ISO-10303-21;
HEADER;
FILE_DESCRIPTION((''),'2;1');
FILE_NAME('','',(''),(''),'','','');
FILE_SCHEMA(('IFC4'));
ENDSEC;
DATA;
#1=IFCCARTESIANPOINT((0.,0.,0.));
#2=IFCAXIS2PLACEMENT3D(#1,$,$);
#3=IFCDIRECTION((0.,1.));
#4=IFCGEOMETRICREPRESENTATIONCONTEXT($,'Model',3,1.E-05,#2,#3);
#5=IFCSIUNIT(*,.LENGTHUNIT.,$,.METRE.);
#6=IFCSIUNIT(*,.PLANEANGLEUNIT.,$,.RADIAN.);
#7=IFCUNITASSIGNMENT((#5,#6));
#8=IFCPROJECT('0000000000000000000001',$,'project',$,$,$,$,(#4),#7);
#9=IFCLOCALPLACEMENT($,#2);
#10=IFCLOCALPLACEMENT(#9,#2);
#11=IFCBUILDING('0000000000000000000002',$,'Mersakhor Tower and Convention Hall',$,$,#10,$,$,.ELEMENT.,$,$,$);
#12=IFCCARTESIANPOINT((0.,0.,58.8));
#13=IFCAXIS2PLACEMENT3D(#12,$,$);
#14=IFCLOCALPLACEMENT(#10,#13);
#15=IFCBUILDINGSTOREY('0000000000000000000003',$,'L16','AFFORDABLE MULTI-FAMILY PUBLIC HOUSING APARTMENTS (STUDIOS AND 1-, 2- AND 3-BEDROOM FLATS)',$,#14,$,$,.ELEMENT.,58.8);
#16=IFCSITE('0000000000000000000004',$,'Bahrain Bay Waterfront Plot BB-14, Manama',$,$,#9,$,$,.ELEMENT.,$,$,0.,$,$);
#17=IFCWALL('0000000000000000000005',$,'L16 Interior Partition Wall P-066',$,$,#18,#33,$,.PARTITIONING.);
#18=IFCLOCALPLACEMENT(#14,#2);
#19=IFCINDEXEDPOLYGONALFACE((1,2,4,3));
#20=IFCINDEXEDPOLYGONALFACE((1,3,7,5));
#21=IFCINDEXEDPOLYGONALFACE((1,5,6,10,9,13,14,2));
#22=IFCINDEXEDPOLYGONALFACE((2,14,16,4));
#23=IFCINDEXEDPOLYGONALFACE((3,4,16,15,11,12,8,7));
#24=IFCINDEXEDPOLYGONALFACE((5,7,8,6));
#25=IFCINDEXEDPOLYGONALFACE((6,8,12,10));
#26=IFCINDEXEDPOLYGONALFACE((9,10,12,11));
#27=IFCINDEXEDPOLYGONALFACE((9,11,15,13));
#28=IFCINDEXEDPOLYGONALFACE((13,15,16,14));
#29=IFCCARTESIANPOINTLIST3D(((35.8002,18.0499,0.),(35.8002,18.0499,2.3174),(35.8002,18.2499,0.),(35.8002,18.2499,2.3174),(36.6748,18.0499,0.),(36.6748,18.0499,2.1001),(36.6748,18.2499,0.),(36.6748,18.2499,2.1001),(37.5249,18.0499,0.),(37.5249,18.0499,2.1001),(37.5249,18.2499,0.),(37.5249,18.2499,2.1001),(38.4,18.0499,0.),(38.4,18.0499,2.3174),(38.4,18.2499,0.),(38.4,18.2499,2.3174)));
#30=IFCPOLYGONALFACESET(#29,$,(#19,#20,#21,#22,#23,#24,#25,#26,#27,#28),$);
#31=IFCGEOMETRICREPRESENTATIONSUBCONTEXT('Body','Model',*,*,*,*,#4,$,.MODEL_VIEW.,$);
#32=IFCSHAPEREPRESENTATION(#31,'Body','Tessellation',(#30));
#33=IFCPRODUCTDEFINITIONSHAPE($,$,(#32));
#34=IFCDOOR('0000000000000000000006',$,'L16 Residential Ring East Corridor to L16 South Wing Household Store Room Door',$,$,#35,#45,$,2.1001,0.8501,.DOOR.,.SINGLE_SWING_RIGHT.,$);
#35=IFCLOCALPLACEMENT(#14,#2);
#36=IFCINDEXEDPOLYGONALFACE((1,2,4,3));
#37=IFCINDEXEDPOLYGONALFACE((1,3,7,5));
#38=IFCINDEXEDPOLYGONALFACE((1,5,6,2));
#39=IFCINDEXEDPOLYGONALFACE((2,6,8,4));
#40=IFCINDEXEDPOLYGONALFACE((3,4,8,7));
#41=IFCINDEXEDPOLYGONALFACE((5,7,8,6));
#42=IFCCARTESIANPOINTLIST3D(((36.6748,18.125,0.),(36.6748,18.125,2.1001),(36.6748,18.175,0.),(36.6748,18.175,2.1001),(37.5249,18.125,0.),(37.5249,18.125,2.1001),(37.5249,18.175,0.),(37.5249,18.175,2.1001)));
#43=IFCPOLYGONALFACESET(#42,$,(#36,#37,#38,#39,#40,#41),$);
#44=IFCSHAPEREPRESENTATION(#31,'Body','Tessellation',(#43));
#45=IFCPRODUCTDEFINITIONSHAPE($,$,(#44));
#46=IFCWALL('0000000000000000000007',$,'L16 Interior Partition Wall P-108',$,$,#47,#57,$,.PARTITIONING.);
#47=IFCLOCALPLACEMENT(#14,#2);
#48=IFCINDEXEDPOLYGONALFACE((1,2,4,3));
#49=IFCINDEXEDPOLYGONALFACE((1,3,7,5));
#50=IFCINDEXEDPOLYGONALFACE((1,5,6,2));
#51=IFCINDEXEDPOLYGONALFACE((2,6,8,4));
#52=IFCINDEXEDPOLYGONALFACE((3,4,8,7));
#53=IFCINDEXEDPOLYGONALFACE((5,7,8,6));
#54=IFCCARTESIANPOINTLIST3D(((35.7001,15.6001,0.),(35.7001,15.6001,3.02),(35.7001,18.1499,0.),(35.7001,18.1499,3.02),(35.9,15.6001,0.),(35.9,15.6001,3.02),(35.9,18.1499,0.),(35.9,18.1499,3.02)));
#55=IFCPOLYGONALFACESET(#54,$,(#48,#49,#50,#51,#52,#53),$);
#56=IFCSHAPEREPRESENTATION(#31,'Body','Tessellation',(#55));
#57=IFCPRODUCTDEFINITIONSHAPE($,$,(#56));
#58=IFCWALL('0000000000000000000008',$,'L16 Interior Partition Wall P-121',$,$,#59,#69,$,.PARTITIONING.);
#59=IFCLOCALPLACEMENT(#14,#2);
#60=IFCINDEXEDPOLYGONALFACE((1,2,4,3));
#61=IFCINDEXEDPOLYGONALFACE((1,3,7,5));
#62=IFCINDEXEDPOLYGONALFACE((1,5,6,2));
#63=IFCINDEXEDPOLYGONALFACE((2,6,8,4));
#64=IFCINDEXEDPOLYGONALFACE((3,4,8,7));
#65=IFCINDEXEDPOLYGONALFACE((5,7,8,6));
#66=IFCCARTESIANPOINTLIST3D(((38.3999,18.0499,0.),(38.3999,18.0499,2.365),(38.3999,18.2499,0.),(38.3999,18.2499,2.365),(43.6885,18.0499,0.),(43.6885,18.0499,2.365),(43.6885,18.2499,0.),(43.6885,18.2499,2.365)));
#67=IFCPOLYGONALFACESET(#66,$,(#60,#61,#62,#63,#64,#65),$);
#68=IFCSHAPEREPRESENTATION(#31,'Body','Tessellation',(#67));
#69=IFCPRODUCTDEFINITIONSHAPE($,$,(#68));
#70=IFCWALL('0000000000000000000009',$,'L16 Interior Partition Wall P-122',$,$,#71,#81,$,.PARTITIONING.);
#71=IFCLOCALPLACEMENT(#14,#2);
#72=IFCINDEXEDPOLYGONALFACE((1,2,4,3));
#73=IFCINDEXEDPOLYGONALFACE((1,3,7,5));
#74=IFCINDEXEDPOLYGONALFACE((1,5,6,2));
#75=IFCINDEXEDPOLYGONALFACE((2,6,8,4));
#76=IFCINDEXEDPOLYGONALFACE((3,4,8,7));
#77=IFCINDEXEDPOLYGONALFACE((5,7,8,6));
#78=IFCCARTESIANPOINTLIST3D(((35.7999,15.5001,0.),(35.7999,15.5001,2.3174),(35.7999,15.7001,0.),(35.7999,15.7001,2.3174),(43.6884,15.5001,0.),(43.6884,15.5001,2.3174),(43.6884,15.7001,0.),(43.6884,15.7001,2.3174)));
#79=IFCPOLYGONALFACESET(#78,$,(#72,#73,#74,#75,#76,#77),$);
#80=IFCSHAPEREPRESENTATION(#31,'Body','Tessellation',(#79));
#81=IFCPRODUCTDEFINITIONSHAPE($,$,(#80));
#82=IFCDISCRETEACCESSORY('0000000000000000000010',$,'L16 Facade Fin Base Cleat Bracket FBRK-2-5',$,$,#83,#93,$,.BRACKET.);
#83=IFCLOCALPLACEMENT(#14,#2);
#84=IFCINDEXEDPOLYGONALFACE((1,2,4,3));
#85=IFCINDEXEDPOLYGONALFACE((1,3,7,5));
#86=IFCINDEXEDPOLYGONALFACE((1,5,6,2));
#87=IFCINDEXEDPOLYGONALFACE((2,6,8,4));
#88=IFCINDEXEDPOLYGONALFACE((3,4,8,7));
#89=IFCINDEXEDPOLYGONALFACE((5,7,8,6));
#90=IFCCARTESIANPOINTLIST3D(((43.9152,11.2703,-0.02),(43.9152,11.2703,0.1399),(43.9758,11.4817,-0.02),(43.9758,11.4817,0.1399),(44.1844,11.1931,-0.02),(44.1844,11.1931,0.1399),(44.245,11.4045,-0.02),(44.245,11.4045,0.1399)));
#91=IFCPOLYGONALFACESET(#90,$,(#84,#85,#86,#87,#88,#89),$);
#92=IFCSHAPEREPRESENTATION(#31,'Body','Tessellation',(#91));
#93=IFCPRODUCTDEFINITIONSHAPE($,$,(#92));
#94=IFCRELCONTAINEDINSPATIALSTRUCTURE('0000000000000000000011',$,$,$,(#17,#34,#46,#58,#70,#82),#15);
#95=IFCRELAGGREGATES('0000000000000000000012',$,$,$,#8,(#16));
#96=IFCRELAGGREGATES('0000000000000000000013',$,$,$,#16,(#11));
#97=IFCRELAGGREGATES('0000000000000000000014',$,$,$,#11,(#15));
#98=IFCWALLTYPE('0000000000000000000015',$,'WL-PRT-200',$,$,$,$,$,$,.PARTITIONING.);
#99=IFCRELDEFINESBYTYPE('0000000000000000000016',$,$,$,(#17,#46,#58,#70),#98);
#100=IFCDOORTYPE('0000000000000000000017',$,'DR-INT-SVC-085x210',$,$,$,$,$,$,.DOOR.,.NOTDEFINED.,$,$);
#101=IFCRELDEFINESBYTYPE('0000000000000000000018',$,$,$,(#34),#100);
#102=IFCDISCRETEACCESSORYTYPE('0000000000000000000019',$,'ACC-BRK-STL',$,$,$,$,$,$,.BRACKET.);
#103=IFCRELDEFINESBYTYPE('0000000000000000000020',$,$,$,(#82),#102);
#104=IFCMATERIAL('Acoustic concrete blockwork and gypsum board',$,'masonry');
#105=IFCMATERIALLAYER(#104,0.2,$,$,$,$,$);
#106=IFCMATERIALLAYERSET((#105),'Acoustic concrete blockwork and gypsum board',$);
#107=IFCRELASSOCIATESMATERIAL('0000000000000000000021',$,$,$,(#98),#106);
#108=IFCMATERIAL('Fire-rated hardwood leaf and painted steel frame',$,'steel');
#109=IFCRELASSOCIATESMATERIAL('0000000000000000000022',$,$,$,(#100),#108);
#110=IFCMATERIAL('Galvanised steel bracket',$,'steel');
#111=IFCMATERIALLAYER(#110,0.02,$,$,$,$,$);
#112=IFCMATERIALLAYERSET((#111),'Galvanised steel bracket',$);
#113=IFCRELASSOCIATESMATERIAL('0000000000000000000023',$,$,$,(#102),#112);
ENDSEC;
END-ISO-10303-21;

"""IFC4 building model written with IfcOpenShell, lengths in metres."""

from ifc_helpers import new_model, si_unit, direction, frame, frame_2d, origin, origin_2d, place, context, subcontext, project, spatial, rectangle, extrude, material, layer, layer_set, type_object, element, fill, save


model = new_model("IFC4")

# Units and contexts
model_context = context("Model", 3, precision=1e-05, world=origin(), true_north=direction((0.0, 1.0)))
body_context = subcontext(model_context, "Body", "Model", "MODEL_VIEW")
ifc_project = project(units=[si_unit("LENGTHUNIT", "METRE"), si_unit("PLANEANGLEUNIT", "RADIAN")], contexts=[model_context])

# Site, building, storey
site_placement = place(None, origin())
site = spatial("IfcSite", under=ifc_project, at=site_placement, Name="Bahrain Bay Waterfront Plot BB-14, Manama", CompositionType="ELEMENT", RefElevation=0.0)
building_placement = place(site_placement, origin())
building = spatial("IfcBuilding", under=site, at=building_placement, Name="Mersakhor Tower and Convention Hall", CompositionType="ELEMENT")
storey_placement = place(building_placement, frame((0.0, 0.0, 58.8)))
storey = spatial("IfcBuildingStorey", under=building, at=storey_placement, Name="L16", Description="AFFORDABLE MULTI-FAMILY PUBLIC HOUSING APARTMENTS (STUDIOS AND 1-, 2- AND 3-BEDROOM FLATS)", CompositionType="ELEMENT", Elevation=58.8)

# Wall, opening, door
ifc_material_1 = material(Name="Acoustic concrete blockwork and gypsum board", Category="masonry")
ifc_layer_1 = layer(ifc_material_1, 0.2)
ifc_layer_set_1 = layer_set([ifc_layer_1], Name="Acoustic concrete blockwork and gypsum board")
wall_type_1 = type_object("IfcWallType", Name="WL-PRT-200", PredefinedType="PARTITIONING", material=ifc_layer_set_1)
wall_1_placement = place(storey_placement, frame((38.3999, 18.1499, 0.0), z_axis=(0.0, 0.0, 1.0), x_axis=(-1.0, 0.0, 0.0)))
wall_1 = element("IfcWall", 1, at=wall_1_placement, inside=storey, type_object=wall_type_1, Name="L16 Interior Partition Wall P-066", PredefinedType="PARTITIONING", context=body_context, shape_type="SweptSolid", body=[
    extrude(rectangle(XDim=2.5999, YDim=0.2, at=frame_2d((1.2998, 0.0))), origin(), (0.0, 0.0, 1.0), 2.3174),
])
opening_1_placement = place(wall_1_placement, frame((0.875, 0.0, 0.0)))
opening_1 = element("IfcOpeningElement", 2, at=opening_1_placement, cuts=wall_1, PredefinedType="OPENING", context=body_context, shape_type="SweptSolid", body=[
    extrude(rectangle(XDim=0.8501, YDim=2.1001, at=frame_2d((0.425, 1.05))), frame((0.0, 0.1099, 0.0), z_axis=(0.0, -1.0, 0.0), x_axis=(1.0, 0.0, 0.0)), (0.0, 0.0, 1.0), 0.22),
])
ifc_material_2 = material(Name="Fire-rated hardwood leaf and painted steel frame", Category="steel")
door_type_1 = type_object("IfcDoorType", Name="DR-INT-SVC-085x210", OperationType="NOTDEFINED", PredefinedType="DOOR", material=ifc_material_2)
door_1_placement = place(opening_1_placement, origin())
door_1 = element("IfcDoor", 3, at=door_1_placement, inside=storey, type_object=door_type_1, Name="L16 Residential Ring East Corridor to L16 South Wing Household Store Room Door", OperationType="SINGLE_SWING_RIGHT", OverallHeight=2.1001, OverallWidth=0.8501, PredefinedType="DOOR", context=body_context, shape_type="SweptSolid", body=[
    extrude(rectangle(XDim=0.8501, YDim=2.1001, at=frame_2d((0.425, 1.05))), frame((0.0, 0.0249, 0.0), z_axis=(0.0, -1.0, 0.0), x_axis=(1.0, 0.0, 0.0)), (0.0, 0.0, 1.0), 0.05),
])
fill(opening_1, door_1)

# Walls
wall_2_placement = place(storey_placement, frame((35.8, 18.1499, 0.0), z_axis=(0.0, 0.0, 1.0), x_axis=(0.0, -1.0, 0.0)))
element("IfcWall", 4, at=wall_2_placement, inside=storey, type_object=wall_type_1, Name="L16 Interior Partition Wall P-108", PredefinedType="PARTITIONING", context=body_context, shape_type="SweptSolid", body=[
    extrude(rectangle(XDim=2.5498, YDim=0.2, at=frame_2d((1.2749, 0.0))), origin(), (0.0, 0.0, 1.0), 3.02),
])
wall_3_placement = place(storey_placement, frame((38.3999, 18.1499, 0.0), z_axis=(0.0, 0.0, 1.0), x_axis=(1.0, 0.0, 0.0)))
element("IfcWall", 5, at=wall_3_placement, inside=storey, type_object=wall_type_1, Name="L16 Interior Partition Wall P-121", PredefinedType="PARTITIONING", context=body_context, shape_type="SweptSolid", body=[
    extrude(rectangle(XDim=5.2886, YDim=0.2, at=frame_2d((2.6443, 0.0))), origin(), (0.0, 0.0, 1.0), 2.365),
])
wall_4_placement = place(storey_placement, frame((43.6885, 15.6001, 0.0), z_axis=(0.0, 0.0, 1.0), x_axis=(-1.0, 0.0, 0.0)))
element("IfcWall", 6, at=wall_4_placement, inside=storey, type_object=wall_type_1, Name="L16 Interior Partition Wall P-122", PredefinedType="PARTITIONING", context=body_context, shape_type="SweptSolid", body=[
    extrude(rectangle(XDim=7.8884, YDim=0.2, at=frame_2d((3.9443, 0.0))), origin(), (0.0, 0.0, 1.0), 2.3174),
])

# Discrete accessory
ifc_material_3 = material(Name="Galvanised steel bracket", Category="steel")
ifc_layer_2 = layer(ifc_material_3, 0.02)
ifc_layer_set_2 = layer_set([ifc_layer_2], Name="Galvanised steel bracket")
discrete_accessory_type = type_object("IfcDiscreteAccessoryType", Name="ACC-BRK-STL", PredefinedType="BRACKET", material=ifc_layer_set_2)
discrete_accessory_placement = place(storey_placement, frame((44.0801, 11.3374, -0.02), z_axis=(0.0, 0.0, 1.0), x_axis=(0.961262, -0.275637, 0.0)))
element("IfcDiscreteAccessory", 7, at=discrete_accessory_placement, inside=storey, type_object=discrete_accessory_type, Name="L16 Facade Fin Base Cleat Bracket FBRK-2-5", PredefinedType="BRACKET", context=body_context, shape_type="SweptSolid", body=[
    extrude(rectangle(XDim=0.28, YDim=0.22, at=origin_2d()), origin(), (0.0, 0.0, 1.0), 0.1599),
])

save(model, "model.ifc")
